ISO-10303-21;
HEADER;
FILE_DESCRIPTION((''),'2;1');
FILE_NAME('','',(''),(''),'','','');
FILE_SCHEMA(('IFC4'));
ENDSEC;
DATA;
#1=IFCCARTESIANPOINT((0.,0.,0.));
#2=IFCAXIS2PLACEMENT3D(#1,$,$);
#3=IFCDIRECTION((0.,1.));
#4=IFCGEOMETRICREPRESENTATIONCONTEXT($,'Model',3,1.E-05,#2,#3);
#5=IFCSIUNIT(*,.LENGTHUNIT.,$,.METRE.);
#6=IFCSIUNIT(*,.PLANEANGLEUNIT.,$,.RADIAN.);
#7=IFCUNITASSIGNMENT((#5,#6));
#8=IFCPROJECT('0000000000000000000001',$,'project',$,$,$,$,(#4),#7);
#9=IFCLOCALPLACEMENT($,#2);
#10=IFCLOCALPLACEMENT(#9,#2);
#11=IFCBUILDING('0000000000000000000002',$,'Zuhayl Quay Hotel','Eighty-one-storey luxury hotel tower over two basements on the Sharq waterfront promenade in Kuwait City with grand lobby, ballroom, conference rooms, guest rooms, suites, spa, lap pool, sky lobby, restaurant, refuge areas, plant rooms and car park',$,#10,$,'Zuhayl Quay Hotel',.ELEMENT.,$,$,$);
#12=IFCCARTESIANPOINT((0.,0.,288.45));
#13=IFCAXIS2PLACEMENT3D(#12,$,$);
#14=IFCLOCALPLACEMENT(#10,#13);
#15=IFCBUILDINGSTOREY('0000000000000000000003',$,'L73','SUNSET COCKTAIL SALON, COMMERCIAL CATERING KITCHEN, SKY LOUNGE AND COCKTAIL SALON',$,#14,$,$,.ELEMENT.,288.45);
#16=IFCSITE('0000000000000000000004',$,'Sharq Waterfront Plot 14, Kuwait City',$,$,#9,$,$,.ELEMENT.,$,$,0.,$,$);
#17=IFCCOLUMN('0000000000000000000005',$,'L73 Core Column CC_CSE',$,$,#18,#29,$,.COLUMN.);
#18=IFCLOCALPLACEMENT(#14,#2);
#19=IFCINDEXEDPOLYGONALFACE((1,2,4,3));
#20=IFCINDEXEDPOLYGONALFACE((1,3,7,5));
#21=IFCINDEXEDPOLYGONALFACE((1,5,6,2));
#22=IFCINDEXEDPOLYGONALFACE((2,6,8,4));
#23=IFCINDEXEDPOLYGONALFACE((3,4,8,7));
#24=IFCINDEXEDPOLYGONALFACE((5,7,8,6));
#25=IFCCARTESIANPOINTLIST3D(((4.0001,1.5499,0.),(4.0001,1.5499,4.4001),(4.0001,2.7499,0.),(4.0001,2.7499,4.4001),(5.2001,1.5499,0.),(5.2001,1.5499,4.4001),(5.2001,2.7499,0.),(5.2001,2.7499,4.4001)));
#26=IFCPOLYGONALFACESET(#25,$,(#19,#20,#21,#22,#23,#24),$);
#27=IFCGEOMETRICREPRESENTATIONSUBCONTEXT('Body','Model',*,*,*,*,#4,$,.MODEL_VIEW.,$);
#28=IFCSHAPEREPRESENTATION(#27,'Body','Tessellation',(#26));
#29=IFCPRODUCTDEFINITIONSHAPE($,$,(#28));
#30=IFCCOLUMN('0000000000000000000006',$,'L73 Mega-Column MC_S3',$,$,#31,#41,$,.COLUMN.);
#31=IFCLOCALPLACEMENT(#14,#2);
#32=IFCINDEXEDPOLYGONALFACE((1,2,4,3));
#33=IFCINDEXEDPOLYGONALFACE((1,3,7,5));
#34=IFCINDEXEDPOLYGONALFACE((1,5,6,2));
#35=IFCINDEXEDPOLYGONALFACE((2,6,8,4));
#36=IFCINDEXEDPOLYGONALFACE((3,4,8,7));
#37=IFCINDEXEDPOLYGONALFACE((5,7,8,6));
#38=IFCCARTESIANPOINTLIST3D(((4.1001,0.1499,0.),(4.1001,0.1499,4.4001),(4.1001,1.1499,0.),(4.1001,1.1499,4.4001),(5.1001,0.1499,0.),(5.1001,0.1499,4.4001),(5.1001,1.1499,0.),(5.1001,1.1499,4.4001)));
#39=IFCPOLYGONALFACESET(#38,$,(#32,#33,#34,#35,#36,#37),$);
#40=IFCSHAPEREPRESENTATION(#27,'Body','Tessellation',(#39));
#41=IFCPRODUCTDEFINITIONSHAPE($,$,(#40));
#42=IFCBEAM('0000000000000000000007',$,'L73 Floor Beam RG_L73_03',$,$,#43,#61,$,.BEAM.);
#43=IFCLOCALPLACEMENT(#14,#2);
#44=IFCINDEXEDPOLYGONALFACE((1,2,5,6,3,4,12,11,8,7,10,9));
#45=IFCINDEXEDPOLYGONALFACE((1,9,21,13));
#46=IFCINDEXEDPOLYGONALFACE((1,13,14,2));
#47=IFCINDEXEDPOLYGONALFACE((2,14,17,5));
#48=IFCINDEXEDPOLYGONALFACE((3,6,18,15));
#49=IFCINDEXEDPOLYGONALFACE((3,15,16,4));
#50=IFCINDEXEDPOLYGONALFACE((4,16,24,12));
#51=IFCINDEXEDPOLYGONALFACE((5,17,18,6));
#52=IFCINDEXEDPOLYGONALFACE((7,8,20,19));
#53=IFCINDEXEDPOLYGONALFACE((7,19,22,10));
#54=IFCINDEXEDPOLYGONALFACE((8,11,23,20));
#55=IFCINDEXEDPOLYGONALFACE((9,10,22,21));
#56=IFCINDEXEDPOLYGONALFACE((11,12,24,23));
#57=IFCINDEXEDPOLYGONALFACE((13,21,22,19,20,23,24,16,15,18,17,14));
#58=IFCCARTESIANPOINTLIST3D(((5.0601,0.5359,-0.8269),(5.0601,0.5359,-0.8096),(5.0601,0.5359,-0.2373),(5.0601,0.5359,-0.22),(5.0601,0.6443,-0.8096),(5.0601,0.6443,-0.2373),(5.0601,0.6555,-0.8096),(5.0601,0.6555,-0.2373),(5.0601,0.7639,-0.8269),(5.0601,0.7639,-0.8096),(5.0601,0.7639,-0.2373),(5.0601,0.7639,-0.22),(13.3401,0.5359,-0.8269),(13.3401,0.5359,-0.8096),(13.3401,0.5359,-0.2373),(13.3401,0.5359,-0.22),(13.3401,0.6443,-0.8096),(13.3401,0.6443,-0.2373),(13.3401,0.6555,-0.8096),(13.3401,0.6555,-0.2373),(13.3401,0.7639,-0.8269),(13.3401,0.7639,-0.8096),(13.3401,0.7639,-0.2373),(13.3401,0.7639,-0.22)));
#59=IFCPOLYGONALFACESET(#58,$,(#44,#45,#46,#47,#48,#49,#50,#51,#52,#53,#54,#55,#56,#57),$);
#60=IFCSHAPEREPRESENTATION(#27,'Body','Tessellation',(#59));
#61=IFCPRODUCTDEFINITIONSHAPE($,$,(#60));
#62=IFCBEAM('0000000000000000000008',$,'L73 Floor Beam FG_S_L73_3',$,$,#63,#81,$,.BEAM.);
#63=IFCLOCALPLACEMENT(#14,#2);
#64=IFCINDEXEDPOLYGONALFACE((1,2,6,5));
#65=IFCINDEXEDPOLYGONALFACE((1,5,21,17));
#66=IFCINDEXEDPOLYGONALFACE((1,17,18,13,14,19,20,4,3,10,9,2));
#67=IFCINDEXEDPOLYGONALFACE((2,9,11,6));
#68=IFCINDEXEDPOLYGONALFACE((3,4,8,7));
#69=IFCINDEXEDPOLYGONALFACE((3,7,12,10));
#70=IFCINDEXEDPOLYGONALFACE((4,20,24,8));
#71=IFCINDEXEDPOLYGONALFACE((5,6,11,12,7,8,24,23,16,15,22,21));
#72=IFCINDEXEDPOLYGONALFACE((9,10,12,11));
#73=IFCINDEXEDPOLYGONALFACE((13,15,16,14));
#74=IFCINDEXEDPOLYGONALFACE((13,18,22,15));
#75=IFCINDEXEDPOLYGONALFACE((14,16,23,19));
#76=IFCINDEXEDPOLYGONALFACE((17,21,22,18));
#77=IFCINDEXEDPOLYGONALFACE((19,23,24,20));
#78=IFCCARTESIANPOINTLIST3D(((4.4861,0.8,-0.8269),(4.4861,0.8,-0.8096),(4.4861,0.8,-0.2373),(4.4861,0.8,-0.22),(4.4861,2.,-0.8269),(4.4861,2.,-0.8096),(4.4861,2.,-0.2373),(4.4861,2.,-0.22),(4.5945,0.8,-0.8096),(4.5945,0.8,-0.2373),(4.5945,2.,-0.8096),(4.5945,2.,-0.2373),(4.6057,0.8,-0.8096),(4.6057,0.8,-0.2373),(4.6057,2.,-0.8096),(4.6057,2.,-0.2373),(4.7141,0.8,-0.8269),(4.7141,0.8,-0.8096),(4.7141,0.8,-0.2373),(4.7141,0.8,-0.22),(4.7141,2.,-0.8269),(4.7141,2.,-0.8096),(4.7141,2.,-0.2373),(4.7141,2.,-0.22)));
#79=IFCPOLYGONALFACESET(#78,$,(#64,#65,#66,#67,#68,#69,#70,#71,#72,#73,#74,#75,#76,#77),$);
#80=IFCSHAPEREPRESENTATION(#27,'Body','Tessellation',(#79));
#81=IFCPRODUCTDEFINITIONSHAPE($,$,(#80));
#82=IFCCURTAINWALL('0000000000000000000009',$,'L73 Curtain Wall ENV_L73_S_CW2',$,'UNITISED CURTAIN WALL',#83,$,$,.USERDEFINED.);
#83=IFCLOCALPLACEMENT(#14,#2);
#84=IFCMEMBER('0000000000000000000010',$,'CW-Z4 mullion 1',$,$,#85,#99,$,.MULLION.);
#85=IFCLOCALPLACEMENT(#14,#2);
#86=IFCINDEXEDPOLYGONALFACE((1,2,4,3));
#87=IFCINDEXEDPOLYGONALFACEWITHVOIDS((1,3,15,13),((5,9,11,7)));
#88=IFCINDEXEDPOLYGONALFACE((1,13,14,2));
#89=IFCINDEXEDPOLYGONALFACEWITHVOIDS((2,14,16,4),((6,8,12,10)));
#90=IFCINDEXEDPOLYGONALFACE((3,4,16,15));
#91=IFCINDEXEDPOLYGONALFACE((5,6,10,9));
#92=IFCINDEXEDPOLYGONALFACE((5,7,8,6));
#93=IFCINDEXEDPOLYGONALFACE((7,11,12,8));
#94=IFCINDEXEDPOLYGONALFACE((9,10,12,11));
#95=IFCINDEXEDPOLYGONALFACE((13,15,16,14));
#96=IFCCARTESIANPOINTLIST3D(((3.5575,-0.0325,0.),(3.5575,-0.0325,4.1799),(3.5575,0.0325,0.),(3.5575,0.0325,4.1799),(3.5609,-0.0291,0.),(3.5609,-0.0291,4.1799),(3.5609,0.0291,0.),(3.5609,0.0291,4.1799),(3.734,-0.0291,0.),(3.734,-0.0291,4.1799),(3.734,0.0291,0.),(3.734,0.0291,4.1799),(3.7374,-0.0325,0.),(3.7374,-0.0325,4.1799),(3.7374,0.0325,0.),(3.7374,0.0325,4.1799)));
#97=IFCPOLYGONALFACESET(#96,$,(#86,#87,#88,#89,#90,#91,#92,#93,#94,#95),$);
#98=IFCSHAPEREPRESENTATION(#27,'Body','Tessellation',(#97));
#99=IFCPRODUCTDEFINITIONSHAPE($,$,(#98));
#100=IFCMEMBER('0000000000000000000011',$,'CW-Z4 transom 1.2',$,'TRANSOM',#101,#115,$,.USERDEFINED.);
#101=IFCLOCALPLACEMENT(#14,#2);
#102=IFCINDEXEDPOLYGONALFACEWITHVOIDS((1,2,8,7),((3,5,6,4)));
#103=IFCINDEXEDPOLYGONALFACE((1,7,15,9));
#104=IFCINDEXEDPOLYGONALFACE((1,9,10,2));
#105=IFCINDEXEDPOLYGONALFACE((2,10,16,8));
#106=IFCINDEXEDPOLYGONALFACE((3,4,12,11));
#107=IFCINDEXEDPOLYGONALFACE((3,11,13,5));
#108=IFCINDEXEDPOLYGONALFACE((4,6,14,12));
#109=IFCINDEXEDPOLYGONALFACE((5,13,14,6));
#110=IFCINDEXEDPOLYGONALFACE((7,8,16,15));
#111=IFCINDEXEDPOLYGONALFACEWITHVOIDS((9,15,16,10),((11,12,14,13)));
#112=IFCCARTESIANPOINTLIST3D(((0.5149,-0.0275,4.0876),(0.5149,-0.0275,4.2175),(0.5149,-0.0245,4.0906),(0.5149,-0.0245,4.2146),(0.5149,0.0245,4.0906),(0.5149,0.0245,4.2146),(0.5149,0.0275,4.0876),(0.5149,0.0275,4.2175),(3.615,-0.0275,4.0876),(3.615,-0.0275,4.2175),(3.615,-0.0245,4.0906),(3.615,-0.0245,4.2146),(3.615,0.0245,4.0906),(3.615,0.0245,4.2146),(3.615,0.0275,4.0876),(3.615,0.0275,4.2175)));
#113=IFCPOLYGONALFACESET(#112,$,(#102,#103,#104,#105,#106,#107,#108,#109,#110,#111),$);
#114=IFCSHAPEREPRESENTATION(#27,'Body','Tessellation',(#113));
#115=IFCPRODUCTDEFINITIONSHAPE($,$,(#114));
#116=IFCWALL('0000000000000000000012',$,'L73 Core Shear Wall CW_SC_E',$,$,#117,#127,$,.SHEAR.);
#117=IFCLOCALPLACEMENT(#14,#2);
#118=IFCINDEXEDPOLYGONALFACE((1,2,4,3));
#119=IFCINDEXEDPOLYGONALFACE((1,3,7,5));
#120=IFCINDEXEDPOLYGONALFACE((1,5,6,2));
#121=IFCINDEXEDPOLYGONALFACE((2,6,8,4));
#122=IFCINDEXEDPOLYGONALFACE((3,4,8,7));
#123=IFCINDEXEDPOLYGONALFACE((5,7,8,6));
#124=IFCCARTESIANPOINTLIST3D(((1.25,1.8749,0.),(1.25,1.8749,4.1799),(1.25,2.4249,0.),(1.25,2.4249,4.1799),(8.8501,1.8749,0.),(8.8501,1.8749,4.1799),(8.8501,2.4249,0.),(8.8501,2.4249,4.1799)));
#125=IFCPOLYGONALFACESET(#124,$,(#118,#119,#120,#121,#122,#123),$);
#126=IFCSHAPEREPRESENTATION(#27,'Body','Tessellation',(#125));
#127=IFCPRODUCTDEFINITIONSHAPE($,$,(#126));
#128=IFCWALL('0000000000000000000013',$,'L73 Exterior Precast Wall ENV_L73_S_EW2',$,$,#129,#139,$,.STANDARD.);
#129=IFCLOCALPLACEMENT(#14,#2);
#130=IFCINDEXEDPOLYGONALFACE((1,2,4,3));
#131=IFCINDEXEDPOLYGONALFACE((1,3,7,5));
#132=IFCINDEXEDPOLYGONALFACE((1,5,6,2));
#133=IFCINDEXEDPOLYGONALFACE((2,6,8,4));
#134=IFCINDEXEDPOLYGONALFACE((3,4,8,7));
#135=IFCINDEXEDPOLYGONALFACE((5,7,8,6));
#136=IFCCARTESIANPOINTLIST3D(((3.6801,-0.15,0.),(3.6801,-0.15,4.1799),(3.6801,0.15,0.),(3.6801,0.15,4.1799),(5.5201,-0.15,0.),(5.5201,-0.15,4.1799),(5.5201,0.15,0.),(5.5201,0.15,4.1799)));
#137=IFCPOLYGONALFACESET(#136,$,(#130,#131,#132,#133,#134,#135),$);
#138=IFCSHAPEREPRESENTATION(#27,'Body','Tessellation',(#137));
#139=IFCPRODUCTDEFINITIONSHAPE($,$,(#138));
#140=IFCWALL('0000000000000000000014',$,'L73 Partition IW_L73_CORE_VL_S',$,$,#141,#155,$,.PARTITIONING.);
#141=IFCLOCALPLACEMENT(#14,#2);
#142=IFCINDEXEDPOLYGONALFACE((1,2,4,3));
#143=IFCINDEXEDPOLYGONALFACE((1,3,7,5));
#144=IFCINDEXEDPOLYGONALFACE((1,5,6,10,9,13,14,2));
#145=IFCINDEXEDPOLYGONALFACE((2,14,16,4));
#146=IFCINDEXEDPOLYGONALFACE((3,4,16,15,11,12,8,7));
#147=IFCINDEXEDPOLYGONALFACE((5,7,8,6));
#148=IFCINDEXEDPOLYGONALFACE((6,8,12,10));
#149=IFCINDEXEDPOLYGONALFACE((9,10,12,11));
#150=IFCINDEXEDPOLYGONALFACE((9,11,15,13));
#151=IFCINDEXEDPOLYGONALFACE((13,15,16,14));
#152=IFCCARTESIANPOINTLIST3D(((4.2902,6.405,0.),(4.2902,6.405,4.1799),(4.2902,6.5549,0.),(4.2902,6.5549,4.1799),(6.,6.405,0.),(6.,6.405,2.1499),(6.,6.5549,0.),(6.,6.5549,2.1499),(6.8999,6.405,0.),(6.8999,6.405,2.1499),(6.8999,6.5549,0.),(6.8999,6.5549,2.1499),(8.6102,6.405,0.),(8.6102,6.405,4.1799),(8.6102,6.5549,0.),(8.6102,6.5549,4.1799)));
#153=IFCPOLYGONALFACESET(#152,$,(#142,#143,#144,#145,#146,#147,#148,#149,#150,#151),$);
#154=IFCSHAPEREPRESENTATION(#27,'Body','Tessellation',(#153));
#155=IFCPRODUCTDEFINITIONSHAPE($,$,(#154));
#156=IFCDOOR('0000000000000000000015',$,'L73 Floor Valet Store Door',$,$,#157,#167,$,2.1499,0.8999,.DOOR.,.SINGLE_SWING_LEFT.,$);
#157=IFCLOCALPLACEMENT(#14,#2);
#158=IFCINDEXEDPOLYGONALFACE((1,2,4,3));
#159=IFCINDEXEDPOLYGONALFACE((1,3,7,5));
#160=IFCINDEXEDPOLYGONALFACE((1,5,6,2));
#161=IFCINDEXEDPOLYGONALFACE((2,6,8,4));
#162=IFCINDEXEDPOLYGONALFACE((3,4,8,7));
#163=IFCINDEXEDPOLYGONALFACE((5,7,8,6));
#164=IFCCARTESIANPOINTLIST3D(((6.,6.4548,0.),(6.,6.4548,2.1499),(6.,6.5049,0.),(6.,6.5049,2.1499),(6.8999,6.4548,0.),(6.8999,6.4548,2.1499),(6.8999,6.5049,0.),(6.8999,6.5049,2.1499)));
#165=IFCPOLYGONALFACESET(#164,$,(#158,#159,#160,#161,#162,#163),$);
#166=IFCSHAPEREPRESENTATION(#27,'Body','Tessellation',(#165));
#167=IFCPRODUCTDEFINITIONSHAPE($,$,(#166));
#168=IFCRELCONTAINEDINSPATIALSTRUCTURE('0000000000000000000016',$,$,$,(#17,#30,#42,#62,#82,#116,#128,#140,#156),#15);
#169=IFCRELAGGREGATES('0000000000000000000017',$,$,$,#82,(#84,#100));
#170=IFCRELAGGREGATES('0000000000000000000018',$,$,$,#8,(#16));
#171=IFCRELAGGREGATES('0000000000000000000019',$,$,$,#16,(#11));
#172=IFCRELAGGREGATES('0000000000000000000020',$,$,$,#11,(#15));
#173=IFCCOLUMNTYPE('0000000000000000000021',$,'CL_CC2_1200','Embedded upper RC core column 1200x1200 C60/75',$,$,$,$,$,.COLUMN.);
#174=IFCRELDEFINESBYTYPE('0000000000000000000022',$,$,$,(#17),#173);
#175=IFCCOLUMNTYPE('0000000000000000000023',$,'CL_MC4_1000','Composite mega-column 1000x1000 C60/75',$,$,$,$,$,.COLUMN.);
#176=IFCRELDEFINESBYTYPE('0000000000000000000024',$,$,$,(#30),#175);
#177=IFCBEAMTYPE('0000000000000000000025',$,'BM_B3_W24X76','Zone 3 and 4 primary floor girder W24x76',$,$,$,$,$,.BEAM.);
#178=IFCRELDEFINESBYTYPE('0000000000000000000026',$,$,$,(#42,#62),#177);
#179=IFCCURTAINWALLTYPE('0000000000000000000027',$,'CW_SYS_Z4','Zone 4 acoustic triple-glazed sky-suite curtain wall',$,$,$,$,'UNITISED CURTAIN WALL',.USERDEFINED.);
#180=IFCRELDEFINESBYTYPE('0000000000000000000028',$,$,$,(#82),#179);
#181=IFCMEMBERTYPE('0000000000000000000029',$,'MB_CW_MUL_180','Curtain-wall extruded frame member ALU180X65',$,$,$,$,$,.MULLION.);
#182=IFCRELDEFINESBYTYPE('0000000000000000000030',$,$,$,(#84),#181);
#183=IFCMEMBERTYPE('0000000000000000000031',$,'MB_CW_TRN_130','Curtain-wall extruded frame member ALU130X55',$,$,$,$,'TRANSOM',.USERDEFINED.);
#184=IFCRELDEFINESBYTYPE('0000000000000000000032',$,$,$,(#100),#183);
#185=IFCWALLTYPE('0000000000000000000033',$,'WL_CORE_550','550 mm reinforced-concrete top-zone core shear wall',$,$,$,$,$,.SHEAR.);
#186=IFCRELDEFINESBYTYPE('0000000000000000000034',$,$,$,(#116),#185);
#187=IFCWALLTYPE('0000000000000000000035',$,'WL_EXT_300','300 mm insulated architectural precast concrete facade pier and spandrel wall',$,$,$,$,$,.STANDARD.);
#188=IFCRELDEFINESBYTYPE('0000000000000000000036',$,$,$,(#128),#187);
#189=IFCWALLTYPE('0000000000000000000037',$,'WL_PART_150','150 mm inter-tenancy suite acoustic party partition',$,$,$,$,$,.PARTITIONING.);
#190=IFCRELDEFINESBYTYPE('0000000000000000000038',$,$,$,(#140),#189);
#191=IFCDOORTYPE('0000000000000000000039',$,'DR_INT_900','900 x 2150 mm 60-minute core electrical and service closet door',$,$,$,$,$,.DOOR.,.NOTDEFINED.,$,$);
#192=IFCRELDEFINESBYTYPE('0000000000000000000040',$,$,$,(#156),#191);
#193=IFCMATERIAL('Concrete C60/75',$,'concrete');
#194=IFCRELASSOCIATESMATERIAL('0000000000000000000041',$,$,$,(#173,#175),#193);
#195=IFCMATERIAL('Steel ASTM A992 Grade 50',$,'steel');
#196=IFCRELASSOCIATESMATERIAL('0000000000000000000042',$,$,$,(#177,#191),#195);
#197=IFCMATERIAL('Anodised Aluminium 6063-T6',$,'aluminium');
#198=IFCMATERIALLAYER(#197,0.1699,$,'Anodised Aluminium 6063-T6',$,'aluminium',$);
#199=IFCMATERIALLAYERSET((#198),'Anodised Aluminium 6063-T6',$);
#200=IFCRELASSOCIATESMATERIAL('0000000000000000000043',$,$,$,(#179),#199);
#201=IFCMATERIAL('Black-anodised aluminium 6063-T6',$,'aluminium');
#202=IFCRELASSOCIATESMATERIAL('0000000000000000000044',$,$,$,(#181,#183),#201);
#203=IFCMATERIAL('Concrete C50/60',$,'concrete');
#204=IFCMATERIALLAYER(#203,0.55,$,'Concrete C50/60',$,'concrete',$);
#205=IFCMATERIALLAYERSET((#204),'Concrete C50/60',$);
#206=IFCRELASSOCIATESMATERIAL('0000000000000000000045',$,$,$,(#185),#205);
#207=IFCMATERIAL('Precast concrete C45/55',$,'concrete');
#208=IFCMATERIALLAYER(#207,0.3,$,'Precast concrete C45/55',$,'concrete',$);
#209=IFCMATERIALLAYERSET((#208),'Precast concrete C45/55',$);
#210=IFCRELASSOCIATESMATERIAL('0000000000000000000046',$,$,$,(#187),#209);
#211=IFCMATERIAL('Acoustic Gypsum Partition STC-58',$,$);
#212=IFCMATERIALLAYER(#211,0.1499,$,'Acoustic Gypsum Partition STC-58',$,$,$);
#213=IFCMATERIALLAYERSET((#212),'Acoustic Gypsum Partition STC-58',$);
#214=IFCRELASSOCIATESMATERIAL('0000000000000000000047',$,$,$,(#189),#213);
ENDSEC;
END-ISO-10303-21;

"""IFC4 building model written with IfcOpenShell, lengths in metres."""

from ifc_helpers import new_model, si_unit, direction, frame, frame_2d, origin, origin_2d, place, context, subcontext, project, spatial, rectangle, hollow_rectangle, i_section, extrude, material, layer, layer_set, material_profile, profile_set, type_object, element, fill, aggregate, save


model = new_model("IFC4")

# Units and contexts
model_context = context("Model", 3, precision=1e-05, world=origin(), true_north=direction((0.0, 1.0)))
body_context = subcontext(model_context, "Body", "Model", "MODEL_VIEW")
ifc_project = project(units=[si_unit("LENGTHUNIT", "METRE"), si_unit("PLANEANGLEUNIT", "RADIAN")], contexts=[model_context])

# Site, building, storey
site_placement = place(None, origin())
site = spatial("IfcSite", under=ifc_project, at=site_placement, Name="Sharq Waterfront Plot 14, Kuwait City", CompositionType="ELEMENT", RefElevation=0.0)
building_placement = place(site_placement, origin())
building = spatial("IfcBuilding", under=site, at=building_placement, Name="Zuhayl Quay Hotel", Description="Eighty-one-storey luxury hotel tower over two basements on the Sharq waterfront promenade in Kuwait City with grand lobby, ballroom, conference rooms, guest rooms, suites, spa, lap pool, sky lobby, restaurant, refuge areas, plant rooms and car park", LongName="Zuhayl Quay Hotel", CompositionType="ELEMENT")
storey_placement = place(building_placement, frame((0.0, 0.0, 288.45)))
storey = spatial("IfcBuildingStorey", under=building, at=storey_placement, Name="L73", Description="SUNSET COCKTAIL SALON, COMMERCIAL CATERING KITCHEN, SKY LOUNGE AND COCKTAIL SALON", CompositionType="ELEMENT", Elevation=288.45)

# Columns
ifc_material_1 = material(Name="Concrete C60/75", Category="concrete")
ifc_material_profile_1 = material_profile(ifc_material_1, rectangle(XDim=1.2, YDim=1.2, at=origin_2d()), Name="RC1200X1200")
ifc_profile_set_1 = profile_set([ifc_material_profile_1], Name="Concrete C60/75")
column_type_1 = type_object("IfcColumnType", Name="CL_CC2_1200", Description="Embedded upper RC core column 1200x1200 C60/75", PredefinedType="COLUMN", material=ifc_profile_set_1)
column_1_placement = place(storey_placement, frame((4.6001, 2.1499, 0.0), z_axis=(0.0, 0.0, 1.0), x_axis=(1.0, 0.0, 0.0)))
element("IfcColumn", 1, at=column_1_placement, inside=storey, type_object=column_type_1, Name="L73 Core Column CC_CSE", PredefinedType="COLUMN", context=body_context, shape_type="SweptSolid", body=[
    extrude(rectangle(XDim=1.2, YDim=1.2, at=origin_2d()), origin(), (0.0, 0.0, 1.0), 4.4001),
])
ifc_material_profile_2 = material_profile(ifc_material_1, rectangle(XDim=1.0, YDim=1.0, at=origin_2d()), Name="RC1000X1000")
ifc_profile_set_2 = profile_set([ifc_material_profile_2], Name="Concrete C60/75")
column_type_2 = type_object("IfcColumnType", Name="CL_MC4_1000", Description="Composite mega-column 1000x1000 C60/75", PredefinedType="COLUMN", material=ifc_profile_set_2)
column_2_placement = place(storey_placement, frame((4.6001, 0.6499, 0.0), z_axis=(0.0, 0.0, 1.0), x_axis=(1.0, 0.0, 0.0)))
element("IfcColumn", 2, at=column_2_placement, inside=storey, type_object=column_type_2, Name="L73 Mega-Column MC_S3", PredefinedType="COLUMN", context=body_context, shape_type="SweptSolid", body=[
    extrude(rectangle(XDim=1.0, YDim=1.0, at=origin_2d()), origin(), (0.0, 0.0, 1.0), 4.4001),
])

# Beams
ifc_material_2 = material(Name="Steel ASTM A992 Grade 50", Category="steel")
ifc_material_profile_3 = material_profile(ifc_material_2, i_section(OverallWidth=0.228, OverallDepth=0.6069, WebThickness=0.0112, FlangeThickness=0.0173, at=origin_2d()), Name="W24X76")
ifc_profile_set_3 = profile_set([ifc_material_profile_3], Name="Steel ASTM A992 Grade 50")
beam_type = type_object("IfcBeamType", Name="BM_B3_W24X76", Description="Zone 3 and 4 primary floor girder W24x76", PredefinedType="BEAM", material=ifc_profile_set_3)
beam_1_placement = place(storey_placement, frame((5.0601, 0.6499, -0.5234), z_axis=(1.0, 0.0, 0.0), x_axis=(0.0, 1.0, 0.0)))
element("IfcBeam", 3, at=beam_1_placement, inside=storey, type_object=beam_type, Name="L73 Floor Beam RG_L73_03", PredefinedType="BEAM", context=body_context, shape_type="SweptSolid", body=[
    extrude(i_section(OverallWidth=0.228, OverallDepth=0.6069, WebThickness=0.0112, FlangeThickness=0.0173, at=origin_2d()), origin(), (0.0, 0.0, 1.0), 8.28),
])
beam_2_placement = place(storey_placement, frame((4.6001, 0.8, -0.5234), z_axis=(0.0, 1.0, 0.0), x_axis=(-1.0, 0.0, 0.0)))
element("IfcBeam", 4, at=beam_2_placement, inside=storey, type_object=beam_type, Name="L73 Floor Beam FG_S_L73_3", PredefinedType="BEAM", context=body_context, shape_type="SweptSolid", body=[
    extrude(i_section(OverallWidth=0.228, OverallDepth=0.6069, WebThickness=0.0112, FlangeThickness=0.0173, at=origin_2d()), origin(), (0.0, 0.0, 1.0), 1.2),
])

# Curtain wall, members
ifc_material_3 = material(Name="Anodised Aluminium 6063-T6", Category="aluminium")
ifc_layer_1 = layer(ifc_material_3, 0.1699, Name="Anodised Aluminium 6063-T6", Category="aluminium")
ifc_layer_set_1 = layer_set([ifc_layer_1], Name="Anodised Aluminium 6063-T6")
curtain_wall_type = type_object("IfcCurtainWallType", Name="CW_SYS_Z4", Description="Zone 4 acoustic triple-glazed sky-suite curtain wall", ElementType="UNITISED CURTAIN WALL", PredefinedType="USERDEFINED", material=ifc_layer_set_1)
curtain_wall_placement = place(storey_placement, origin())
curtain_wall = element("IfcCurtainWall", 5, at=curtain_wall_placement, inside=storey, type_object=curtain_wall_type, Name="L73 Curtain Wall ENV_L73_S_CW2", ObjectType="UNITISED CURTAIN WALL", PredefinedType="USERDEFINED")
ifc_material_4 = material(Name="Black-anodised aluminium 6063-T6", Category="aluminium")
ifc_material_profile_4 = material_profile(ifc_material_4, hollow_rectangle(XDim=0.0649, YDim=0.1799, WallThickness=0.0034, at=origin_2d()), Name="ALU180X65")
ifc_profile_set_4 = profile_set([ifc_material_profile_4], Name="Black-anodised aluminium 6063-T6")
member_type_1 = type_object("IfcMemberType", Name="MB_CW_MUL_180", Description="Curtain-wall extruded frame member ALU180X65", PredefinedType="MULLION", material=ifc_profile_set_4)
member_1_placement = place(storey_placement, frame((3.6475, 0.0, 0.0), z_axis=(0.0, 0.0, 1.0), x_axis=(0.0, -1.0, 0.0)))
member_1 = element("IfcMember", 6, at=member_1_placement, type_object=member_type_1, Name="CW-Z4 mullion 1", PredefinedType="MULLION", context=body_context, shape_type="SweptSolid", body=[
    extrude(hollow_rectangle(XDim=0.0649, YDim=0.1799, WallThickness=0.0034, at=origin_2d()), origin(), (0.0, 0.0, 1.0), 4.1799),
])
ifc_material_profile_5 = material_profile(ifc_material_4, hollow_rectangle(XDim=0.0549, YDim=0.1299, WallThickness=0.0029, at=origin_2d()), Name="ALU130X55")
ifc_profile_set_5 = profile_set([ifc_material_profile_5], Name="Black-anodised aluminium 6063-T6")
member_type_2 = type_object("IfcMemberType", Name="MB_CW_TRN_130", Description="Curtain-wall extruded frame member ALU130X55", ElementType="TRANSOM", PredefinedType="USERDEFINED", material=ifc_profile_set_5)
member_2_placement = place(storey_placement, frame((3.615, 0.0, 4.1526), z_axis=(-1.0, 0.0, 0.0), x_axis=(0.0, -1.0, 0.0)))
member_2 = element("IfcMember", 7, at=member_2_placement, type_object=member_type_2, Name="CW-Z4 transom 1.2", ObjectType="TRANSOM", PredefinedType="USERDEFINED", context=body_context, shape_type="SweptSolid", body=[
    extrude(hollow_rectangle(XDim=0.0549, YDim=0.1299, WallThickness=0.0029, at=origin_2d()), origin(), (0.0, 0.0, 1.0), 3.1001),
])
aggregate(curtain_wall, [member_1, member_2])

# Walls
ifc_material_5 = material(Name="Concrete C50/60", Category="concrete")
ifc_layer_2 = layer(ifc_material_5, 0.55, Name="Concrete C50/60", Category="concrete")
ifc_layer_set_2 = layer_set([ifc_layer_2], Name="Concrete C50/60")
wall_type_1 = type_object("IfcWallType", Name="WL_CORE_550", Description="550 mm reinforced-concrete top-zone core shear wall", PredefinedType="SHEAR", material=ifc_layer_set_2)
wall_1_placement = place(storey_placement, frame((1.25, 2.1499, 0.0), z_axis=(0.0, 0.0, 1.0), x_axis=(1.0, 0.0, 0.0)))
element("IfcWall", 8, at=wall_1_placement, inside=storey, type_object=wall_type_1, Name="L73 Core Shear Wall CW_SC_E", PredefinedType="SHEAR", context=body_context, shape_type="SweptSolid", body=[
    extrude(rectangle(XDim=7.6001, YDim=0.55, at=frame_2d((3.8, 0.0))), origin(), (0.0, 0.0, 1.0), 4.1799),
])
ifc_material_6 = material(Name="Precast concrete C45/55", Category="concrete")
ifc_layer_3 = layer(ifc_material_6, 0.3, Name="Precast concrete C45/55", Category="concrete")
ifc_layer_set_3 = layer_set([ifc_layer_3], Name="Precast concrete C45/55")
wall_type_2 = type_object("IfcWallType", Name="WL_EXT_300", Description="300 mm insulated architectural precast concrete facade pier and spandrel wall", PredefinedType="STANDARD", material=ifc_layer_set_3)
wall_2_placement = place(storey_placement, frame((5.52, 0.0, 0.0), z_axis=(0.0, 0.0, 1.0), x_axis=(-1.0, 0.0, 0.0)))
element("IfcWall", 9, at=wall_2_placement, inside=storey, type_object=wall_type_2, Name="L73 Exterior Precast Wall ENV_L73_S_EW2", PredefinedType="STANDARD", context=body_context, shape_type="SweptSolid", body=[
    extrude(rectangle(XDim=1.8401, YDim=0.3, at=frame_2d((0.9199, 0.0))), origin(), (0.0, 0.0, 1.0), 4.1799),
])

# Wall, opening, door
ifc_material_7 = material(Name="Acoustic Gypsum Partition STC-58")
ifc_layer_4 = layer(ifc_material_7, 0.1499, Name="Acoustic Gypsum Partition STC-58")
ifc_layer_set_4 = layer_set([ifc_layer_4], Name="Acoustic Gypsum Partition STC-58")
wall_type_3 = type_object("IfcWallType", Name="WL_PART_150", Description="150 mm inter-tenancy suite acoustic party partition", PredefinedType="PARTITIONING", material=ifc_layer_set_4)
wall_3_placement = place(storey_placement, frame((4.29, 6.48, 0.0), z_axis=(0.0, 0.0, 1.0), x_axis=(1.0, 0.0, 0.0)))
wall_3 = element("IfcWall", 10, at=wall_3_placement, inside=storey, type_object=wall_type_3, Name="L73 Partition IW_L73_CORE_VL_S", PredefinedType="PARTITIONING", context=body_context, shape_type="SweptSolid", body=[
    extrude(rectangle(XDim=4.3201, YDim=0.1499, at=frame_2d((2.1602, 0.0))), origin(), (0.0, 0.0, 1.0), 4.1799),
])
opening_1_placement = place(wall_3_placement, frame((1.71, 0.0, 0.0)))
opening_1 = element("IfcOpeningElement", 11, at=opening_1_placement, cuts=wall_3, PredefinedType="OPENING", context=body_context, shape_type="SweptSolid", body=[
    extrude(rectangle(XDim=0.8999, YDim=2.1499, at=frame_2d((0.45, 1.075))), frame((0.0, 0.085, 0.0), z_axis=(0.0, -1.0, 0.0), x_axis=(1.0, 0.0, 0.0)), (0.0, 0.0, 1.0), 0.1699),
])
door_type_1 = type_object("IfcDoorType", Name="DR_INT_900", Description="900 x 2150 mm 60-minute core electrical and service closet door", OperationType="NOTDEFINED", PredefinedType="DOOR", material=ifc_material_2)
door_1_placement = place(opening_1_placement, origin())
door_1 = element("IfcDoor", 12, at=door_1_placement, inside=storey, type_object=door_type_1, Name="L73 Floor Valet Store Door", OperationType="SINGLE_SWING_LEFT", OverallHeight=2.1499, OverallWidth=0.8999, PredefinedType="DOOR", context=body_context, shape_type="SweptSolid", body=[
    extrude(rectangle(XDim=0.8999, YDim=2.1499, at=frame_2d((0.45, 1.075))), frame((0.0, 0.0249, 0.0), z_axis=(0.0, -1.0, 0.0), x_axis=(1.0, 0.0, 0.0)), (0.0, 0.0, 1.0), 0.05),
])
fill(opening_1, door_1)

save(model, "model.ifc")
